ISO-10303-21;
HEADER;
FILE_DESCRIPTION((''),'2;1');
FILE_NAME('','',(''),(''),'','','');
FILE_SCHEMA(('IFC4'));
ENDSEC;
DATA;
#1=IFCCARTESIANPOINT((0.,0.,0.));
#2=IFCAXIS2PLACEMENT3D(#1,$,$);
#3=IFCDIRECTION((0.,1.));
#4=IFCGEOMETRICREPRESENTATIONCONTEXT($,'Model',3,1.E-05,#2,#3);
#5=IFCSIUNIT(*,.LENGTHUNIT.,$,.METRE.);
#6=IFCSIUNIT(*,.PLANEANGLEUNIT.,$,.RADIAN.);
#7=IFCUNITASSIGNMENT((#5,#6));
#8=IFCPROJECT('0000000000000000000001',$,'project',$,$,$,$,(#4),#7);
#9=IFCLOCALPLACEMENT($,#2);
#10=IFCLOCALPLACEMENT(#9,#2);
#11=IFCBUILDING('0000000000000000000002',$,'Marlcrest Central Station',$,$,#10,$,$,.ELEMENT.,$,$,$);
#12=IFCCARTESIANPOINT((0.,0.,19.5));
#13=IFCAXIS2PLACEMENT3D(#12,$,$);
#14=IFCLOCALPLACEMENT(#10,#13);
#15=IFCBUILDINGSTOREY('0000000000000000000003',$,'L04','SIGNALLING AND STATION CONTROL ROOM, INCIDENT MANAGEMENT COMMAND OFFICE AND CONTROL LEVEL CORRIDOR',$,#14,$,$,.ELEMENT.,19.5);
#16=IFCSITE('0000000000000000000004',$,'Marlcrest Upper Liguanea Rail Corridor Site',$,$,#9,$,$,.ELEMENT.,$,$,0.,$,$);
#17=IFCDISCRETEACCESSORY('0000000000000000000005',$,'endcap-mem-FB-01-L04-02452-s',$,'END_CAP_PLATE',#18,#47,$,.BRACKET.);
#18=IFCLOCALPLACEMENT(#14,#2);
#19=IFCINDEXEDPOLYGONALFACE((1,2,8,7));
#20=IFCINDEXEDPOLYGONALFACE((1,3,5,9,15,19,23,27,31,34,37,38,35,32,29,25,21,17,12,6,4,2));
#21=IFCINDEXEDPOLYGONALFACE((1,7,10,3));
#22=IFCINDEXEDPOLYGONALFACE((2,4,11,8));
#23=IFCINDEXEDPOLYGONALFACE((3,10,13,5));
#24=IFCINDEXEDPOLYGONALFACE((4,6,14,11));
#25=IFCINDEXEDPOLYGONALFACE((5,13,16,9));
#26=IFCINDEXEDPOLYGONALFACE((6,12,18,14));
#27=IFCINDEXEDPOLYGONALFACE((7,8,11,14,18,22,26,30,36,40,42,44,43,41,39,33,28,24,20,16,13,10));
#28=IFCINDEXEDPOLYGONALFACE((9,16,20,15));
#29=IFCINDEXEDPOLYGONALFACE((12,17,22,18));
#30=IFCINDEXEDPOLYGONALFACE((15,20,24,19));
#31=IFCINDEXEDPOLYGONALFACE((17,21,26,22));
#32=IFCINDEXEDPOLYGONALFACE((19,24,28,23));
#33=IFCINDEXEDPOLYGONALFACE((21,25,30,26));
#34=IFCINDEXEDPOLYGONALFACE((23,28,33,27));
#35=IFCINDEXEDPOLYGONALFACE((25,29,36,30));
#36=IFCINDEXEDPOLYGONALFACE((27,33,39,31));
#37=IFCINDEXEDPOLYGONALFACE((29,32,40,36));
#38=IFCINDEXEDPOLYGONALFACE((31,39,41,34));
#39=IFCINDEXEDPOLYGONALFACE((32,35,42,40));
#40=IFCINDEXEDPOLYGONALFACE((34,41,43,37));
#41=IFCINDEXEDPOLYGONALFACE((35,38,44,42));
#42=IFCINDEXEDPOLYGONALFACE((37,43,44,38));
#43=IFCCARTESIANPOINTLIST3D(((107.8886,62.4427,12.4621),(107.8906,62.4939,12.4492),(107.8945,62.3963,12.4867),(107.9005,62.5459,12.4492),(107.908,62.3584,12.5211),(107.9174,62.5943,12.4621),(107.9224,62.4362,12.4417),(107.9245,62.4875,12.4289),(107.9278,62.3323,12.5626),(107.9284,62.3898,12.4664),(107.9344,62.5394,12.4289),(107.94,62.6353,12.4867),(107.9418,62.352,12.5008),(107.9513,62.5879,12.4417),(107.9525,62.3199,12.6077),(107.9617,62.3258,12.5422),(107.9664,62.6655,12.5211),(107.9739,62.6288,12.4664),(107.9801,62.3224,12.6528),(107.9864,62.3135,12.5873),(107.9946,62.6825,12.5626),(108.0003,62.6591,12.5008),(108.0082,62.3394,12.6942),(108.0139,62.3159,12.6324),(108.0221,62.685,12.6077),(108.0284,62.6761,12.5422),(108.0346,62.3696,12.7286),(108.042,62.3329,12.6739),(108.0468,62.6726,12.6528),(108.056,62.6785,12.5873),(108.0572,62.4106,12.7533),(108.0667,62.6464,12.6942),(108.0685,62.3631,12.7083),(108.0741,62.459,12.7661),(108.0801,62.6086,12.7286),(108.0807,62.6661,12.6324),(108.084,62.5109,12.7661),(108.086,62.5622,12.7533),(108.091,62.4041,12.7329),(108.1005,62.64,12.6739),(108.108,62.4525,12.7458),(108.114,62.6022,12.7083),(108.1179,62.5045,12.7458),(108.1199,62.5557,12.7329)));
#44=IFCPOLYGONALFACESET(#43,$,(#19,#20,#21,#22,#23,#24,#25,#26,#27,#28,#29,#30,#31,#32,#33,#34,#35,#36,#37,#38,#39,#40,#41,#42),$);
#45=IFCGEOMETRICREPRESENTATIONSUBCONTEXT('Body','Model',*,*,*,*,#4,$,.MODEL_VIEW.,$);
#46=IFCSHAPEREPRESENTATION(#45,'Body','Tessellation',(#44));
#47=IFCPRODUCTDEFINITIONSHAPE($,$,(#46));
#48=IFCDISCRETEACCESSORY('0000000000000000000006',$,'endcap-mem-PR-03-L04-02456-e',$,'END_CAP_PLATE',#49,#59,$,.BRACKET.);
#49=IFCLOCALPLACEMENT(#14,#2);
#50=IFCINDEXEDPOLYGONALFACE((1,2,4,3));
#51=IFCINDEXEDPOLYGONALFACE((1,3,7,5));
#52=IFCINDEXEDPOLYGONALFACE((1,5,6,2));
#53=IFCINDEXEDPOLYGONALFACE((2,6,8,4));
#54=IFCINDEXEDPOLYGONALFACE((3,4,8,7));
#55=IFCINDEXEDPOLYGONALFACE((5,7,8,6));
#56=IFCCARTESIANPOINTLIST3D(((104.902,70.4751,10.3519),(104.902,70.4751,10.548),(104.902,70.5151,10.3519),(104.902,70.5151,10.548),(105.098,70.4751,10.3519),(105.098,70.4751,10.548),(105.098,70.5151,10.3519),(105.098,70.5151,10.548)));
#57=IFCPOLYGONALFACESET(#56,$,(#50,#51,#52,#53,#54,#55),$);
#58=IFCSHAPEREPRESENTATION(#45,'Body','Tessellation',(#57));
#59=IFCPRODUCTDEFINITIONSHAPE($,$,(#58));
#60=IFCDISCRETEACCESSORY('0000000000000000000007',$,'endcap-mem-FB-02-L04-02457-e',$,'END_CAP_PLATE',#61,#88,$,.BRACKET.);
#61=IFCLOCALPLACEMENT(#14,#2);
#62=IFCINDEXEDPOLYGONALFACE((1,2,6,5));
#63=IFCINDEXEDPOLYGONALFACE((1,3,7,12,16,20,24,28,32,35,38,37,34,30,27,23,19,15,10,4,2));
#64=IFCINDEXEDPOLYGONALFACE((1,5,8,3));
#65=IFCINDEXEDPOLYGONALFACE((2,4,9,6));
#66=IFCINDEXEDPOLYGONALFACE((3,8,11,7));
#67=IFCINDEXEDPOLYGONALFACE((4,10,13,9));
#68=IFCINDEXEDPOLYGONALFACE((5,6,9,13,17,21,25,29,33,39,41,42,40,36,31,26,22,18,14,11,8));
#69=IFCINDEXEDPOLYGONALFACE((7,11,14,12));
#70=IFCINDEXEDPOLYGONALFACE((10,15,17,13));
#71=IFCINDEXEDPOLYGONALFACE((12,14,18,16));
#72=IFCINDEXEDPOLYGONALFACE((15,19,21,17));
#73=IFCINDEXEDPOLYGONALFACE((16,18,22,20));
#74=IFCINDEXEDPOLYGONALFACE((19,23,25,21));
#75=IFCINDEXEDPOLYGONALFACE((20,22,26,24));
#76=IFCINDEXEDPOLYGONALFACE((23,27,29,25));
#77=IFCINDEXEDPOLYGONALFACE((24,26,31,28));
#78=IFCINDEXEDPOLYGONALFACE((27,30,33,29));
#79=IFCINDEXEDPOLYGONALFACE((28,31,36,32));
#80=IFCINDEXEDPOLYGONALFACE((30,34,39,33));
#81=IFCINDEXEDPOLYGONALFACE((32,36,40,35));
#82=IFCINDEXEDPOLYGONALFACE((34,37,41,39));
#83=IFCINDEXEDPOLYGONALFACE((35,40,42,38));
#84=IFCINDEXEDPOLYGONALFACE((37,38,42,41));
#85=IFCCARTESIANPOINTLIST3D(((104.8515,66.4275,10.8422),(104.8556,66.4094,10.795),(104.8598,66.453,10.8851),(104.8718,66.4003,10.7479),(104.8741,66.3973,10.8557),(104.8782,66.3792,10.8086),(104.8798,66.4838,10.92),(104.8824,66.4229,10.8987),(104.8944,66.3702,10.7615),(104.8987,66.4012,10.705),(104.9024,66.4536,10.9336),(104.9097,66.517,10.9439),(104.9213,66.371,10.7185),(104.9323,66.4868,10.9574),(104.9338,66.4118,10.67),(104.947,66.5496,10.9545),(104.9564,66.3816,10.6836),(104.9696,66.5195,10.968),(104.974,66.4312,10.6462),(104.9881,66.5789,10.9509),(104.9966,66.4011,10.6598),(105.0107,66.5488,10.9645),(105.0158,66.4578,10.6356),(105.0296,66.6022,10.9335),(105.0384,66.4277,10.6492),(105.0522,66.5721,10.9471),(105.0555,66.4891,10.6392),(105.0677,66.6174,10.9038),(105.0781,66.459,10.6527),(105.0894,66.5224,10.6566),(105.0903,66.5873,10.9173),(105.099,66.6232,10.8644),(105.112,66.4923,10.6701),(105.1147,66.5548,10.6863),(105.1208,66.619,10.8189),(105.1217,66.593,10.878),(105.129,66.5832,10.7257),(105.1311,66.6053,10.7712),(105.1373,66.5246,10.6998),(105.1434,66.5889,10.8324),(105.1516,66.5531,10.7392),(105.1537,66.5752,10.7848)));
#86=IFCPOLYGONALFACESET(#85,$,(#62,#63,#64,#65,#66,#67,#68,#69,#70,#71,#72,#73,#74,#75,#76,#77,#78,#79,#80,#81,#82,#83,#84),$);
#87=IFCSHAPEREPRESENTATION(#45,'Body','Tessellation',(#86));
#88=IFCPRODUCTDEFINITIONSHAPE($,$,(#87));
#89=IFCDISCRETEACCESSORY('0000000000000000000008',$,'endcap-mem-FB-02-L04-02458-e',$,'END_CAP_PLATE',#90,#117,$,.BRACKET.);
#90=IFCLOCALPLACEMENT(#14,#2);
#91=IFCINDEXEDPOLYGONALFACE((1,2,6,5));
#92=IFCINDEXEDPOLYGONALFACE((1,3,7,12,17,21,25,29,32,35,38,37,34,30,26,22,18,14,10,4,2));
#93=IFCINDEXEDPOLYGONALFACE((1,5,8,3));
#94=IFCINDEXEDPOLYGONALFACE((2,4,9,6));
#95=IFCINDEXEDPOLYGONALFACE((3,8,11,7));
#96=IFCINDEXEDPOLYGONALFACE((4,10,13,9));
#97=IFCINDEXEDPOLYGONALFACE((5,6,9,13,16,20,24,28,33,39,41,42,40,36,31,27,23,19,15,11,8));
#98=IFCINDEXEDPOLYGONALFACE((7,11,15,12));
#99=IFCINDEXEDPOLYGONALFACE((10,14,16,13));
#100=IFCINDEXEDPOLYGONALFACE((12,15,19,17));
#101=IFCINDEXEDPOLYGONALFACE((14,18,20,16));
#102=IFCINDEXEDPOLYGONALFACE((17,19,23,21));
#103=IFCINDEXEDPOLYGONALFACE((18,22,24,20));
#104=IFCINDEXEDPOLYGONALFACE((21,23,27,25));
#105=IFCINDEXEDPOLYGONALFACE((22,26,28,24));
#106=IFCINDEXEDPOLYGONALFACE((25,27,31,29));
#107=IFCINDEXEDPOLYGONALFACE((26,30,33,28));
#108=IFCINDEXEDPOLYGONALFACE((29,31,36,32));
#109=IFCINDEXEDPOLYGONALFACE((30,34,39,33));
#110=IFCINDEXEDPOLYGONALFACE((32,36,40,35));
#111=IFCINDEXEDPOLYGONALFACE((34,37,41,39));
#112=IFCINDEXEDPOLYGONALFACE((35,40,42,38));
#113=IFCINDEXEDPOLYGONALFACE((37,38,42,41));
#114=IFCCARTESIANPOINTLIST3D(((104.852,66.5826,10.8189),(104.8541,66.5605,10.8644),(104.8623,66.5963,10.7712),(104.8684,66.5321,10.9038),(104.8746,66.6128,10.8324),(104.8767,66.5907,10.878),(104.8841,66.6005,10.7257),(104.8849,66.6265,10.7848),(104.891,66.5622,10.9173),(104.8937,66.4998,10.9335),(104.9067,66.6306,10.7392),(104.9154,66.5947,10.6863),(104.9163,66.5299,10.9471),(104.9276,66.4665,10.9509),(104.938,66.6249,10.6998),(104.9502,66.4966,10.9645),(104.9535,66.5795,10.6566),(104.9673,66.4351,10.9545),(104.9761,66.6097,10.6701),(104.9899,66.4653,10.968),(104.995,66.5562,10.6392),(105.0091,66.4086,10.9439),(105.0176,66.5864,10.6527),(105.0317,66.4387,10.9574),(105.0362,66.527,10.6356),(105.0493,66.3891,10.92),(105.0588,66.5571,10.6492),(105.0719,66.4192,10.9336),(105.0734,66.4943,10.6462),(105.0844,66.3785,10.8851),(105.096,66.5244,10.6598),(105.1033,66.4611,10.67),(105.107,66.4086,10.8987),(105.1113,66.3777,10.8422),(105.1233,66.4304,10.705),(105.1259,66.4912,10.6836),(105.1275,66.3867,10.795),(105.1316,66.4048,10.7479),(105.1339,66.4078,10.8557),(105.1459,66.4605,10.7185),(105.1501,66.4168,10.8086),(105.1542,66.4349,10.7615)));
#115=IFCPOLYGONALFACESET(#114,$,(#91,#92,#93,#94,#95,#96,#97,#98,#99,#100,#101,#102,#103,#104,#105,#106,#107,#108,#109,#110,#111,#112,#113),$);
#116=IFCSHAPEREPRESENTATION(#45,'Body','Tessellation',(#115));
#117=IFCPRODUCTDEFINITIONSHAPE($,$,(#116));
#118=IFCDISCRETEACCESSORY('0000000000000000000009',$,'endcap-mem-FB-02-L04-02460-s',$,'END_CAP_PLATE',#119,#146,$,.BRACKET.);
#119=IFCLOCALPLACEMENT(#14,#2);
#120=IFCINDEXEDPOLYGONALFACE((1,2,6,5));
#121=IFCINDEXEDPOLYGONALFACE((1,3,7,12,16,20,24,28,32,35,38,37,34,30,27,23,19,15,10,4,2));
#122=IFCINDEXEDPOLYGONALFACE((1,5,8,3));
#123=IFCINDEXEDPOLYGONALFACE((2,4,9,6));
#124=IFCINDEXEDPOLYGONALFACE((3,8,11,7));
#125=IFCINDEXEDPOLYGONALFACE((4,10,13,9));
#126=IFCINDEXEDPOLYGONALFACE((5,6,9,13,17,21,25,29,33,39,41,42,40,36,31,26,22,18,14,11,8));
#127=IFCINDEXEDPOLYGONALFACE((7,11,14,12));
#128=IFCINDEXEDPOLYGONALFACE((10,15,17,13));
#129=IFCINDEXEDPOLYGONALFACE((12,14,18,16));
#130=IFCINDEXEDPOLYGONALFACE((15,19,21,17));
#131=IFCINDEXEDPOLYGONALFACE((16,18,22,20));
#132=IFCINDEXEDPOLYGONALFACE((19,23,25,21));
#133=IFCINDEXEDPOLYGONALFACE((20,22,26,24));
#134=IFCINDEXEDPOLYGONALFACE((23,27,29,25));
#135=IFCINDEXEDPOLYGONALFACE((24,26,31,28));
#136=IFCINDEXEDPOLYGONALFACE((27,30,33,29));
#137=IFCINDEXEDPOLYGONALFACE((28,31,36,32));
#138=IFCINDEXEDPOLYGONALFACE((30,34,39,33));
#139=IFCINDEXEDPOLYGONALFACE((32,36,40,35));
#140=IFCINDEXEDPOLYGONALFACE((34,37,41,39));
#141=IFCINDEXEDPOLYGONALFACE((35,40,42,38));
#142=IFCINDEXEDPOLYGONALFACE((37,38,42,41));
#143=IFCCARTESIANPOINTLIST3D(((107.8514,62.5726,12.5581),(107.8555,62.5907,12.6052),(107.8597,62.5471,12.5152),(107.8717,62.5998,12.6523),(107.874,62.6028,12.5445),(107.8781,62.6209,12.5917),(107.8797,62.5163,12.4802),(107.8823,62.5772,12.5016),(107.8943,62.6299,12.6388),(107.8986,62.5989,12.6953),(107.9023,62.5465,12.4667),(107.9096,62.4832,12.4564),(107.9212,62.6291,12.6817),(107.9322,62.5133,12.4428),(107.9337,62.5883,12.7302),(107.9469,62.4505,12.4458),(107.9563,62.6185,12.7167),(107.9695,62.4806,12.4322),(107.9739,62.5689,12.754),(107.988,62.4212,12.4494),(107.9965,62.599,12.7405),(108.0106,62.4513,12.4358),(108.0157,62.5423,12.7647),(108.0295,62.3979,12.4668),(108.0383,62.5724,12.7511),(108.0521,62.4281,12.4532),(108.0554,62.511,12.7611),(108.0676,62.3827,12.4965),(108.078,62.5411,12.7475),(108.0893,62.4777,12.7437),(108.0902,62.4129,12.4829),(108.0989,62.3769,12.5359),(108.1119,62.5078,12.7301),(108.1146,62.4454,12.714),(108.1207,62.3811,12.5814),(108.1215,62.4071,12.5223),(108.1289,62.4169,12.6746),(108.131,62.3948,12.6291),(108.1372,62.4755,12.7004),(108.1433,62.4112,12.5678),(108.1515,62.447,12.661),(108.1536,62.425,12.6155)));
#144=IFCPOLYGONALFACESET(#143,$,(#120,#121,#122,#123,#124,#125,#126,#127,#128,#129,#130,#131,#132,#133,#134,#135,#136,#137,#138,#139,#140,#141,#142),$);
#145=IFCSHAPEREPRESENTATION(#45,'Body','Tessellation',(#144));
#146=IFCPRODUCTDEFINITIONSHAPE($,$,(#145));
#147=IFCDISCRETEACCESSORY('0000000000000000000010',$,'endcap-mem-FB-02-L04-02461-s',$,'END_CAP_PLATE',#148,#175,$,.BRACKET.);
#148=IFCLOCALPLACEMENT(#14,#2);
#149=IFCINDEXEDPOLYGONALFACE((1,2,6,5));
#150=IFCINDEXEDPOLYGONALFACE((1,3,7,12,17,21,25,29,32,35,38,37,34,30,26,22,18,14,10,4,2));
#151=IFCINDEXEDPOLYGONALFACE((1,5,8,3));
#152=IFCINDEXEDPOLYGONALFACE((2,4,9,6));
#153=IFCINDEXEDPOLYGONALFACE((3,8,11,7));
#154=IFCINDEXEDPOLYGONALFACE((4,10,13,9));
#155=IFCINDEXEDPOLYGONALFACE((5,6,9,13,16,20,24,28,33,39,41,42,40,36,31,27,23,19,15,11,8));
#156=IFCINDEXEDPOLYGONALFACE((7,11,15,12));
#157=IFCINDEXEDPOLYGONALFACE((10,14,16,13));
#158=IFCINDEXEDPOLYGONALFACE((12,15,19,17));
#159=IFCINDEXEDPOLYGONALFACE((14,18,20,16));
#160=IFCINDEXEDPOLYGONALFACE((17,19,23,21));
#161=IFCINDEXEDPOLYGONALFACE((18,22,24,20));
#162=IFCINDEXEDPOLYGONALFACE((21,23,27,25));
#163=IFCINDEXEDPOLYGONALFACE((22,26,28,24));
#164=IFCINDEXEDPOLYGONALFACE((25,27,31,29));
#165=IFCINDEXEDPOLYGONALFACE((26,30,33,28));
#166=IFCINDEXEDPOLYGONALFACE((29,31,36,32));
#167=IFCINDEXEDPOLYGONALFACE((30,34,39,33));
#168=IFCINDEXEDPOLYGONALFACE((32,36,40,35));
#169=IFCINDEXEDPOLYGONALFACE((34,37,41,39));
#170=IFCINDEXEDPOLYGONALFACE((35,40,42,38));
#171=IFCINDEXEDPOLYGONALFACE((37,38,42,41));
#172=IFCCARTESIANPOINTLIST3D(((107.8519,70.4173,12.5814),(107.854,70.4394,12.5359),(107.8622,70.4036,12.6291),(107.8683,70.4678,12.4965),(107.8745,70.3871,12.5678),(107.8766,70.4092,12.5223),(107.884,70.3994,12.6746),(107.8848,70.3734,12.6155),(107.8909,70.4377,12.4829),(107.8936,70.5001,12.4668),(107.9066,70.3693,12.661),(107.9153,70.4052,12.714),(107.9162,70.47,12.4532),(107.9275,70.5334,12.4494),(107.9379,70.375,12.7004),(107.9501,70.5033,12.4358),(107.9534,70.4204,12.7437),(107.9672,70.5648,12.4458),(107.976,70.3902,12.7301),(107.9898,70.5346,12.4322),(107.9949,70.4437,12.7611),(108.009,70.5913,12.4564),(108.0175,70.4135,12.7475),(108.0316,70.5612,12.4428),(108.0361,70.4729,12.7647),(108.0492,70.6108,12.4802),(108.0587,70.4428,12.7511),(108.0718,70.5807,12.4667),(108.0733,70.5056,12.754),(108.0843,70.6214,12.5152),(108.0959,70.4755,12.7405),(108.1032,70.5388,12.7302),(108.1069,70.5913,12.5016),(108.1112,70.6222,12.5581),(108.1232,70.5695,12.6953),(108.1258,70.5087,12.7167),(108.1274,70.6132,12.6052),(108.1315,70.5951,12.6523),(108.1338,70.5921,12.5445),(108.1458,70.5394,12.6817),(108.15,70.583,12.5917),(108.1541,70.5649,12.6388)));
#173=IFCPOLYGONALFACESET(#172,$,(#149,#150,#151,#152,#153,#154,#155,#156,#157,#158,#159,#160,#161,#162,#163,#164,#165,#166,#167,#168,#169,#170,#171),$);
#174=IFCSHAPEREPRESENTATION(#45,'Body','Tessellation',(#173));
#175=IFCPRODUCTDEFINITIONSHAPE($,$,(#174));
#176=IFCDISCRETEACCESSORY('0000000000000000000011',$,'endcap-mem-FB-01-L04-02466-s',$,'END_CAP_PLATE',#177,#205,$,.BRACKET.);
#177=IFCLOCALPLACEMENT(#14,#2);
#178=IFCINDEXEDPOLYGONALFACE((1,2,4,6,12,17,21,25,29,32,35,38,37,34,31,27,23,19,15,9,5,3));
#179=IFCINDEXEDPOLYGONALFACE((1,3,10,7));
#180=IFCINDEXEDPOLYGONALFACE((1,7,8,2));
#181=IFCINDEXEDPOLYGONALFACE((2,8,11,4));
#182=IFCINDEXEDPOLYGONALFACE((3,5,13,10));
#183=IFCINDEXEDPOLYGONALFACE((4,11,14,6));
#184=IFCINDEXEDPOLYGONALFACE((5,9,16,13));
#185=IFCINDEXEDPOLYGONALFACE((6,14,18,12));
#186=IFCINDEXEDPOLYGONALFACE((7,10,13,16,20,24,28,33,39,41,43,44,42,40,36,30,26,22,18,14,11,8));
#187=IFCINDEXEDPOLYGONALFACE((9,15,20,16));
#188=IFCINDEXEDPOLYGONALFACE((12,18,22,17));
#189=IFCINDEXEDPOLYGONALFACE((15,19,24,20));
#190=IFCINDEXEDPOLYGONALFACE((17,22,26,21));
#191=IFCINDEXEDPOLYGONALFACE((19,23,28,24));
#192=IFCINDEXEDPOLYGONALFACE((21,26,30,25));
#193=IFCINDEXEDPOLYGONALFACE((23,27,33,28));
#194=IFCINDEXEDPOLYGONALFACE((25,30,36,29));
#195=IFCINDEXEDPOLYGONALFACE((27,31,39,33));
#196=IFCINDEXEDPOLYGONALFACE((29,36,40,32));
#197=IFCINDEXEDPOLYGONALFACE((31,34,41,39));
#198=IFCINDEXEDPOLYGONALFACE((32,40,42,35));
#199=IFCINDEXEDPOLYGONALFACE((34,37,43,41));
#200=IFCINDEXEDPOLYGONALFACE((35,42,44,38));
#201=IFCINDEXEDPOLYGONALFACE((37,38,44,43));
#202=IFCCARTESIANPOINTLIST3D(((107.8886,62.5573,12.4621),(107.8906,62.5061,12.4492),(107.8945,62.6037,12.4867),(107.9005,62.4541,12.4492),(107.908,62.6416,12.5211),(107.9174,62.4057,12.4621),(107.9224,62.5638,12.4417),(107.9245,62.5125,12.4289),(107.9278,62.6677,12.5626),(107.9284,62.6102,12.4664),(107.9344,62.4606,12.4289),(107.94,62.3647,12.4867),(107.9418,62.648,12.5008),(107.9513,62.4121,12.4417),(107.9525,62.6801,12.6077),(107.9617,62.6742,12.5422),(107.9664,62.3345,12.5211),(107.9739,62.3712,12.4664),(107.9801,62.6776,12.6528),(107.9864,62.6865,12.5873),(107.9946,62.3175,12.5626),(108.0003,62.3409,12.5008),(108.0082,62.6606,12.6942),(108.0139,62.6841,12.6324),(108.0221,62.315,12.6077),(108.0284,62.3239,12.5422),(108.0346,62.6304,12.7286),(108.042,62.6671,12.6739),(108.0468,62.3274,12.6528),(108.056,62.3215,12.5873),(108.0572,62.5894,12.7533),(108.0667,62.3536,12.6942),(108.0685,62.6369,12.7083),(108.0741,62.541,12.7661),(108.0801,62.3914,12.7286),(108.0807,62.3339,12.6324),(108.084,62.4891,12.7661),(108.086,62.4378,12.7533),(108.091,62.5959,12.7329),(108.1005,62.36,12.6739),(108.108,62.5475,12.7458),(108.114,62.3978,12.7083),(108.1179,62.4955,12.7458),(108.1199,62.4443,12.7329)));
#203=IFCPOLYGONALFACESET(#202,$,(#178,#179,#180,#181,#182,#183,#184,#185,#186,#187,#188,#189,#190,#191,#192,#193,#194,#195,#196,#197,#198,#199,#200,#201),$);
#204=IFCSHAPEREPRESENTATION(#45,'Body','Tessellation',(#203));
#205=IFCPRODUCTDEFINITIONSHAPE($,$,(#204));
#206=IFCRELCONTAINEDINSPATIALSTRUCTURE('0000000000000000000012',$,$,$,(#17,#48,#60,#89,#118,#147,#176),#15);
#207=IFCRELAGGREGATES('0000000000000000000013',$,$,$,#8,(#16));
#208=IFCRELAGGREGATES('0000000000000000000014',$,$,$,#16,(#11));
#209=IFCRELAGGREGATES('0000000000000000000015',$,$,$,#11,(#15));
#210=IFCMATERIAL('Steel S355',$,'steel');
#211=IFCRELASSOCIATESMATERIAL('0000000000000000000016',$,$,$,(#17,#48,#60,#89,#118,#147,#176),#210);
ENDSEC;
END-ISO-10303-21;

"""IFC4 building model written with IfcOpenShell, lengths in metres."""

from ifc_helpers import new_model, si_unit, direction, frame, origin, origin_2d, place, context, subcontext, project, spatial, rectangle, circle, extrude, material, element, save


model = new_model("IFC4")

# Units and contexts
model_context = context("Model", 3, precision=1e-05, world=origin(), true_north=direction((0.0, 1.0)))
body_context = subcontext(model_context, "Body", "Model", "MODEL_VIEW")
ifc_project = project(units=[si_unit("LENGTHUNIT", "METRE"), si_unit("PLANEANGLEUNIT", "RADIAN")], contexts=[model_context])

# Site, building, storey
site_placement = place(None, origin())
site = spatial("IfcSite", under=ifc_project, at=site_placement, Name="Marlcrest Upper Liguanea Rail Corridor Site", CompositionType="ELEMENT", RefElevation=0.0)
building_placement = place(site_placement, origin())
building = spatial("IfcBuilding", under=site, at=building_placement, Name="Marlcrest Central Station", CompositionType="ELEMENT")
storey_placement = place(building_placement, frame((0.0, 0.0, 19.5)))
storey = spatial("IfcBuildingStorey", under=building, at=storey_placement, Name="L04", Description="SIGNALLING AND STATION CONTROL ROOM, INCIDENT MANAGEMENT COMMAND OFFICE AND CONTROL LEVEL CORRIDOR", CompositionType="ELEMENT", Elevation=19.5)

# Discrete accessories
ifc_material_1 = material(Name="Steel S355", Category="steel")
discrete_accessory_1_placement = place(storey_placement, frame((107.9873, 62.5024, 12.6077), z_axis=(0.846277, -0.161196, -0.50777), x_axis=(0.187112, 0.982339, 0.0)))
element("IfcDiscreteAccessory", 1, at=discrete_accessory_1_placement, inside=storey, material=ifc_material_1, Name="endcap-mem-FB-01-L04-02452-s", ObjectType="END_CAP_PLATE", PredefinedType="BRACKET", context=body_context, shape_type="SweptSolid", body=[
    extrude(circle(Radius=0.1858, at=origin_2d()), origin(), (0.0, 0.0, 1.0), 0.04),
])
discrete_accessory_2_placement = place(storey_placement, frame((105.0, 70.4751, 10.45), z_axis=(0.0, 1.0, 0.0), x_axis=(-1.0, 0.0, 0.0)))
element("IfcDiscreteAccessory", 2, at=discrete_accessory_2_placement, inside=storey, material=ifc_material_1, Name="endcap-mem-PR-03-L04-02456-e", ObjectType="END_CAP_PLATE", PredefinedType="BRACKET", context=body_context, shape_type="SweptSolid", body=[
    extrude(rectangle(XDim=0.196, YDim=0.196, at=origin_2d()), origin(), (0.0, 0.0, 1.0), 0.04),
])
for number, where, z_axis, x_axis, name in (
    (3, (105.0142, 66.4812, 10.8086), (-0.564531, 0.752708, -0.338728), (-0.8, -0.6, 0.0), "endcap-mem-FB-02-L04-02457-e"),
    (4, (105.0142, 66.5188, 10.8086), (-0.564531, -0.752708, -0.338728), (0.8, -0.6, 0.0), "endcap-mem-FB-02-L04-02458-e"),
    (5, (107.9915, 62.4888, 12.6052), (0.564531, 0.752708, -0.338728), (-0.8, 0.6, 0.0), "endcap-mem-FB-02-L04-02460-s"),
    (6, (107.9915, 70.5112, 12.6052), (0.564531, -0.752708, -0.338728), (0.8, 0.6, 0.0), "endcap-mem-FB-02-L04-02461-s"),
):
    element("IfcDiscreteAccessory", number, at=place(storey_placement, frame(where, z_axis=z_axis, x_axis=x_axis)), inside=storey, material=ifc_material_1, Name=name, ObjectType="END_CAP_PLATE", PredefinedType="BRACKET", context=body_context, shape_type="SweptSolid", body=[
        extrude(circle(Radius=0.1699, at=origin_2d()), origin(), (0.0, 0.0, 1.0), 0.04),
    ])
for number, where, z_axis, x_axis, name in (
    (7, (107.9873, 62.4976, 12.6077), (0.846277, 0.161196, -0.50777), (-0.187112, 0.982339, 0.0), "endcap-mem-FB-01-L04-02466-s"),
):
    element("IfcDiscreteAccessory", number, at=place(storey_placement, frame(where, z_axis=z_axis, x_axis=x_axis)), inside=storey, material=ifc_material_1, Name=name, ObjectType="END_CAP_PLATE", PredefinedType="BRACKET", context=body_context, shape_type="SweptSolid", body=[
        extrude(circle(Radius=0.1858, at=origin_2d()), origin(), (0.0, 0.0, 1.0), 0.04),
    ])

save(model, "model.ifc")
